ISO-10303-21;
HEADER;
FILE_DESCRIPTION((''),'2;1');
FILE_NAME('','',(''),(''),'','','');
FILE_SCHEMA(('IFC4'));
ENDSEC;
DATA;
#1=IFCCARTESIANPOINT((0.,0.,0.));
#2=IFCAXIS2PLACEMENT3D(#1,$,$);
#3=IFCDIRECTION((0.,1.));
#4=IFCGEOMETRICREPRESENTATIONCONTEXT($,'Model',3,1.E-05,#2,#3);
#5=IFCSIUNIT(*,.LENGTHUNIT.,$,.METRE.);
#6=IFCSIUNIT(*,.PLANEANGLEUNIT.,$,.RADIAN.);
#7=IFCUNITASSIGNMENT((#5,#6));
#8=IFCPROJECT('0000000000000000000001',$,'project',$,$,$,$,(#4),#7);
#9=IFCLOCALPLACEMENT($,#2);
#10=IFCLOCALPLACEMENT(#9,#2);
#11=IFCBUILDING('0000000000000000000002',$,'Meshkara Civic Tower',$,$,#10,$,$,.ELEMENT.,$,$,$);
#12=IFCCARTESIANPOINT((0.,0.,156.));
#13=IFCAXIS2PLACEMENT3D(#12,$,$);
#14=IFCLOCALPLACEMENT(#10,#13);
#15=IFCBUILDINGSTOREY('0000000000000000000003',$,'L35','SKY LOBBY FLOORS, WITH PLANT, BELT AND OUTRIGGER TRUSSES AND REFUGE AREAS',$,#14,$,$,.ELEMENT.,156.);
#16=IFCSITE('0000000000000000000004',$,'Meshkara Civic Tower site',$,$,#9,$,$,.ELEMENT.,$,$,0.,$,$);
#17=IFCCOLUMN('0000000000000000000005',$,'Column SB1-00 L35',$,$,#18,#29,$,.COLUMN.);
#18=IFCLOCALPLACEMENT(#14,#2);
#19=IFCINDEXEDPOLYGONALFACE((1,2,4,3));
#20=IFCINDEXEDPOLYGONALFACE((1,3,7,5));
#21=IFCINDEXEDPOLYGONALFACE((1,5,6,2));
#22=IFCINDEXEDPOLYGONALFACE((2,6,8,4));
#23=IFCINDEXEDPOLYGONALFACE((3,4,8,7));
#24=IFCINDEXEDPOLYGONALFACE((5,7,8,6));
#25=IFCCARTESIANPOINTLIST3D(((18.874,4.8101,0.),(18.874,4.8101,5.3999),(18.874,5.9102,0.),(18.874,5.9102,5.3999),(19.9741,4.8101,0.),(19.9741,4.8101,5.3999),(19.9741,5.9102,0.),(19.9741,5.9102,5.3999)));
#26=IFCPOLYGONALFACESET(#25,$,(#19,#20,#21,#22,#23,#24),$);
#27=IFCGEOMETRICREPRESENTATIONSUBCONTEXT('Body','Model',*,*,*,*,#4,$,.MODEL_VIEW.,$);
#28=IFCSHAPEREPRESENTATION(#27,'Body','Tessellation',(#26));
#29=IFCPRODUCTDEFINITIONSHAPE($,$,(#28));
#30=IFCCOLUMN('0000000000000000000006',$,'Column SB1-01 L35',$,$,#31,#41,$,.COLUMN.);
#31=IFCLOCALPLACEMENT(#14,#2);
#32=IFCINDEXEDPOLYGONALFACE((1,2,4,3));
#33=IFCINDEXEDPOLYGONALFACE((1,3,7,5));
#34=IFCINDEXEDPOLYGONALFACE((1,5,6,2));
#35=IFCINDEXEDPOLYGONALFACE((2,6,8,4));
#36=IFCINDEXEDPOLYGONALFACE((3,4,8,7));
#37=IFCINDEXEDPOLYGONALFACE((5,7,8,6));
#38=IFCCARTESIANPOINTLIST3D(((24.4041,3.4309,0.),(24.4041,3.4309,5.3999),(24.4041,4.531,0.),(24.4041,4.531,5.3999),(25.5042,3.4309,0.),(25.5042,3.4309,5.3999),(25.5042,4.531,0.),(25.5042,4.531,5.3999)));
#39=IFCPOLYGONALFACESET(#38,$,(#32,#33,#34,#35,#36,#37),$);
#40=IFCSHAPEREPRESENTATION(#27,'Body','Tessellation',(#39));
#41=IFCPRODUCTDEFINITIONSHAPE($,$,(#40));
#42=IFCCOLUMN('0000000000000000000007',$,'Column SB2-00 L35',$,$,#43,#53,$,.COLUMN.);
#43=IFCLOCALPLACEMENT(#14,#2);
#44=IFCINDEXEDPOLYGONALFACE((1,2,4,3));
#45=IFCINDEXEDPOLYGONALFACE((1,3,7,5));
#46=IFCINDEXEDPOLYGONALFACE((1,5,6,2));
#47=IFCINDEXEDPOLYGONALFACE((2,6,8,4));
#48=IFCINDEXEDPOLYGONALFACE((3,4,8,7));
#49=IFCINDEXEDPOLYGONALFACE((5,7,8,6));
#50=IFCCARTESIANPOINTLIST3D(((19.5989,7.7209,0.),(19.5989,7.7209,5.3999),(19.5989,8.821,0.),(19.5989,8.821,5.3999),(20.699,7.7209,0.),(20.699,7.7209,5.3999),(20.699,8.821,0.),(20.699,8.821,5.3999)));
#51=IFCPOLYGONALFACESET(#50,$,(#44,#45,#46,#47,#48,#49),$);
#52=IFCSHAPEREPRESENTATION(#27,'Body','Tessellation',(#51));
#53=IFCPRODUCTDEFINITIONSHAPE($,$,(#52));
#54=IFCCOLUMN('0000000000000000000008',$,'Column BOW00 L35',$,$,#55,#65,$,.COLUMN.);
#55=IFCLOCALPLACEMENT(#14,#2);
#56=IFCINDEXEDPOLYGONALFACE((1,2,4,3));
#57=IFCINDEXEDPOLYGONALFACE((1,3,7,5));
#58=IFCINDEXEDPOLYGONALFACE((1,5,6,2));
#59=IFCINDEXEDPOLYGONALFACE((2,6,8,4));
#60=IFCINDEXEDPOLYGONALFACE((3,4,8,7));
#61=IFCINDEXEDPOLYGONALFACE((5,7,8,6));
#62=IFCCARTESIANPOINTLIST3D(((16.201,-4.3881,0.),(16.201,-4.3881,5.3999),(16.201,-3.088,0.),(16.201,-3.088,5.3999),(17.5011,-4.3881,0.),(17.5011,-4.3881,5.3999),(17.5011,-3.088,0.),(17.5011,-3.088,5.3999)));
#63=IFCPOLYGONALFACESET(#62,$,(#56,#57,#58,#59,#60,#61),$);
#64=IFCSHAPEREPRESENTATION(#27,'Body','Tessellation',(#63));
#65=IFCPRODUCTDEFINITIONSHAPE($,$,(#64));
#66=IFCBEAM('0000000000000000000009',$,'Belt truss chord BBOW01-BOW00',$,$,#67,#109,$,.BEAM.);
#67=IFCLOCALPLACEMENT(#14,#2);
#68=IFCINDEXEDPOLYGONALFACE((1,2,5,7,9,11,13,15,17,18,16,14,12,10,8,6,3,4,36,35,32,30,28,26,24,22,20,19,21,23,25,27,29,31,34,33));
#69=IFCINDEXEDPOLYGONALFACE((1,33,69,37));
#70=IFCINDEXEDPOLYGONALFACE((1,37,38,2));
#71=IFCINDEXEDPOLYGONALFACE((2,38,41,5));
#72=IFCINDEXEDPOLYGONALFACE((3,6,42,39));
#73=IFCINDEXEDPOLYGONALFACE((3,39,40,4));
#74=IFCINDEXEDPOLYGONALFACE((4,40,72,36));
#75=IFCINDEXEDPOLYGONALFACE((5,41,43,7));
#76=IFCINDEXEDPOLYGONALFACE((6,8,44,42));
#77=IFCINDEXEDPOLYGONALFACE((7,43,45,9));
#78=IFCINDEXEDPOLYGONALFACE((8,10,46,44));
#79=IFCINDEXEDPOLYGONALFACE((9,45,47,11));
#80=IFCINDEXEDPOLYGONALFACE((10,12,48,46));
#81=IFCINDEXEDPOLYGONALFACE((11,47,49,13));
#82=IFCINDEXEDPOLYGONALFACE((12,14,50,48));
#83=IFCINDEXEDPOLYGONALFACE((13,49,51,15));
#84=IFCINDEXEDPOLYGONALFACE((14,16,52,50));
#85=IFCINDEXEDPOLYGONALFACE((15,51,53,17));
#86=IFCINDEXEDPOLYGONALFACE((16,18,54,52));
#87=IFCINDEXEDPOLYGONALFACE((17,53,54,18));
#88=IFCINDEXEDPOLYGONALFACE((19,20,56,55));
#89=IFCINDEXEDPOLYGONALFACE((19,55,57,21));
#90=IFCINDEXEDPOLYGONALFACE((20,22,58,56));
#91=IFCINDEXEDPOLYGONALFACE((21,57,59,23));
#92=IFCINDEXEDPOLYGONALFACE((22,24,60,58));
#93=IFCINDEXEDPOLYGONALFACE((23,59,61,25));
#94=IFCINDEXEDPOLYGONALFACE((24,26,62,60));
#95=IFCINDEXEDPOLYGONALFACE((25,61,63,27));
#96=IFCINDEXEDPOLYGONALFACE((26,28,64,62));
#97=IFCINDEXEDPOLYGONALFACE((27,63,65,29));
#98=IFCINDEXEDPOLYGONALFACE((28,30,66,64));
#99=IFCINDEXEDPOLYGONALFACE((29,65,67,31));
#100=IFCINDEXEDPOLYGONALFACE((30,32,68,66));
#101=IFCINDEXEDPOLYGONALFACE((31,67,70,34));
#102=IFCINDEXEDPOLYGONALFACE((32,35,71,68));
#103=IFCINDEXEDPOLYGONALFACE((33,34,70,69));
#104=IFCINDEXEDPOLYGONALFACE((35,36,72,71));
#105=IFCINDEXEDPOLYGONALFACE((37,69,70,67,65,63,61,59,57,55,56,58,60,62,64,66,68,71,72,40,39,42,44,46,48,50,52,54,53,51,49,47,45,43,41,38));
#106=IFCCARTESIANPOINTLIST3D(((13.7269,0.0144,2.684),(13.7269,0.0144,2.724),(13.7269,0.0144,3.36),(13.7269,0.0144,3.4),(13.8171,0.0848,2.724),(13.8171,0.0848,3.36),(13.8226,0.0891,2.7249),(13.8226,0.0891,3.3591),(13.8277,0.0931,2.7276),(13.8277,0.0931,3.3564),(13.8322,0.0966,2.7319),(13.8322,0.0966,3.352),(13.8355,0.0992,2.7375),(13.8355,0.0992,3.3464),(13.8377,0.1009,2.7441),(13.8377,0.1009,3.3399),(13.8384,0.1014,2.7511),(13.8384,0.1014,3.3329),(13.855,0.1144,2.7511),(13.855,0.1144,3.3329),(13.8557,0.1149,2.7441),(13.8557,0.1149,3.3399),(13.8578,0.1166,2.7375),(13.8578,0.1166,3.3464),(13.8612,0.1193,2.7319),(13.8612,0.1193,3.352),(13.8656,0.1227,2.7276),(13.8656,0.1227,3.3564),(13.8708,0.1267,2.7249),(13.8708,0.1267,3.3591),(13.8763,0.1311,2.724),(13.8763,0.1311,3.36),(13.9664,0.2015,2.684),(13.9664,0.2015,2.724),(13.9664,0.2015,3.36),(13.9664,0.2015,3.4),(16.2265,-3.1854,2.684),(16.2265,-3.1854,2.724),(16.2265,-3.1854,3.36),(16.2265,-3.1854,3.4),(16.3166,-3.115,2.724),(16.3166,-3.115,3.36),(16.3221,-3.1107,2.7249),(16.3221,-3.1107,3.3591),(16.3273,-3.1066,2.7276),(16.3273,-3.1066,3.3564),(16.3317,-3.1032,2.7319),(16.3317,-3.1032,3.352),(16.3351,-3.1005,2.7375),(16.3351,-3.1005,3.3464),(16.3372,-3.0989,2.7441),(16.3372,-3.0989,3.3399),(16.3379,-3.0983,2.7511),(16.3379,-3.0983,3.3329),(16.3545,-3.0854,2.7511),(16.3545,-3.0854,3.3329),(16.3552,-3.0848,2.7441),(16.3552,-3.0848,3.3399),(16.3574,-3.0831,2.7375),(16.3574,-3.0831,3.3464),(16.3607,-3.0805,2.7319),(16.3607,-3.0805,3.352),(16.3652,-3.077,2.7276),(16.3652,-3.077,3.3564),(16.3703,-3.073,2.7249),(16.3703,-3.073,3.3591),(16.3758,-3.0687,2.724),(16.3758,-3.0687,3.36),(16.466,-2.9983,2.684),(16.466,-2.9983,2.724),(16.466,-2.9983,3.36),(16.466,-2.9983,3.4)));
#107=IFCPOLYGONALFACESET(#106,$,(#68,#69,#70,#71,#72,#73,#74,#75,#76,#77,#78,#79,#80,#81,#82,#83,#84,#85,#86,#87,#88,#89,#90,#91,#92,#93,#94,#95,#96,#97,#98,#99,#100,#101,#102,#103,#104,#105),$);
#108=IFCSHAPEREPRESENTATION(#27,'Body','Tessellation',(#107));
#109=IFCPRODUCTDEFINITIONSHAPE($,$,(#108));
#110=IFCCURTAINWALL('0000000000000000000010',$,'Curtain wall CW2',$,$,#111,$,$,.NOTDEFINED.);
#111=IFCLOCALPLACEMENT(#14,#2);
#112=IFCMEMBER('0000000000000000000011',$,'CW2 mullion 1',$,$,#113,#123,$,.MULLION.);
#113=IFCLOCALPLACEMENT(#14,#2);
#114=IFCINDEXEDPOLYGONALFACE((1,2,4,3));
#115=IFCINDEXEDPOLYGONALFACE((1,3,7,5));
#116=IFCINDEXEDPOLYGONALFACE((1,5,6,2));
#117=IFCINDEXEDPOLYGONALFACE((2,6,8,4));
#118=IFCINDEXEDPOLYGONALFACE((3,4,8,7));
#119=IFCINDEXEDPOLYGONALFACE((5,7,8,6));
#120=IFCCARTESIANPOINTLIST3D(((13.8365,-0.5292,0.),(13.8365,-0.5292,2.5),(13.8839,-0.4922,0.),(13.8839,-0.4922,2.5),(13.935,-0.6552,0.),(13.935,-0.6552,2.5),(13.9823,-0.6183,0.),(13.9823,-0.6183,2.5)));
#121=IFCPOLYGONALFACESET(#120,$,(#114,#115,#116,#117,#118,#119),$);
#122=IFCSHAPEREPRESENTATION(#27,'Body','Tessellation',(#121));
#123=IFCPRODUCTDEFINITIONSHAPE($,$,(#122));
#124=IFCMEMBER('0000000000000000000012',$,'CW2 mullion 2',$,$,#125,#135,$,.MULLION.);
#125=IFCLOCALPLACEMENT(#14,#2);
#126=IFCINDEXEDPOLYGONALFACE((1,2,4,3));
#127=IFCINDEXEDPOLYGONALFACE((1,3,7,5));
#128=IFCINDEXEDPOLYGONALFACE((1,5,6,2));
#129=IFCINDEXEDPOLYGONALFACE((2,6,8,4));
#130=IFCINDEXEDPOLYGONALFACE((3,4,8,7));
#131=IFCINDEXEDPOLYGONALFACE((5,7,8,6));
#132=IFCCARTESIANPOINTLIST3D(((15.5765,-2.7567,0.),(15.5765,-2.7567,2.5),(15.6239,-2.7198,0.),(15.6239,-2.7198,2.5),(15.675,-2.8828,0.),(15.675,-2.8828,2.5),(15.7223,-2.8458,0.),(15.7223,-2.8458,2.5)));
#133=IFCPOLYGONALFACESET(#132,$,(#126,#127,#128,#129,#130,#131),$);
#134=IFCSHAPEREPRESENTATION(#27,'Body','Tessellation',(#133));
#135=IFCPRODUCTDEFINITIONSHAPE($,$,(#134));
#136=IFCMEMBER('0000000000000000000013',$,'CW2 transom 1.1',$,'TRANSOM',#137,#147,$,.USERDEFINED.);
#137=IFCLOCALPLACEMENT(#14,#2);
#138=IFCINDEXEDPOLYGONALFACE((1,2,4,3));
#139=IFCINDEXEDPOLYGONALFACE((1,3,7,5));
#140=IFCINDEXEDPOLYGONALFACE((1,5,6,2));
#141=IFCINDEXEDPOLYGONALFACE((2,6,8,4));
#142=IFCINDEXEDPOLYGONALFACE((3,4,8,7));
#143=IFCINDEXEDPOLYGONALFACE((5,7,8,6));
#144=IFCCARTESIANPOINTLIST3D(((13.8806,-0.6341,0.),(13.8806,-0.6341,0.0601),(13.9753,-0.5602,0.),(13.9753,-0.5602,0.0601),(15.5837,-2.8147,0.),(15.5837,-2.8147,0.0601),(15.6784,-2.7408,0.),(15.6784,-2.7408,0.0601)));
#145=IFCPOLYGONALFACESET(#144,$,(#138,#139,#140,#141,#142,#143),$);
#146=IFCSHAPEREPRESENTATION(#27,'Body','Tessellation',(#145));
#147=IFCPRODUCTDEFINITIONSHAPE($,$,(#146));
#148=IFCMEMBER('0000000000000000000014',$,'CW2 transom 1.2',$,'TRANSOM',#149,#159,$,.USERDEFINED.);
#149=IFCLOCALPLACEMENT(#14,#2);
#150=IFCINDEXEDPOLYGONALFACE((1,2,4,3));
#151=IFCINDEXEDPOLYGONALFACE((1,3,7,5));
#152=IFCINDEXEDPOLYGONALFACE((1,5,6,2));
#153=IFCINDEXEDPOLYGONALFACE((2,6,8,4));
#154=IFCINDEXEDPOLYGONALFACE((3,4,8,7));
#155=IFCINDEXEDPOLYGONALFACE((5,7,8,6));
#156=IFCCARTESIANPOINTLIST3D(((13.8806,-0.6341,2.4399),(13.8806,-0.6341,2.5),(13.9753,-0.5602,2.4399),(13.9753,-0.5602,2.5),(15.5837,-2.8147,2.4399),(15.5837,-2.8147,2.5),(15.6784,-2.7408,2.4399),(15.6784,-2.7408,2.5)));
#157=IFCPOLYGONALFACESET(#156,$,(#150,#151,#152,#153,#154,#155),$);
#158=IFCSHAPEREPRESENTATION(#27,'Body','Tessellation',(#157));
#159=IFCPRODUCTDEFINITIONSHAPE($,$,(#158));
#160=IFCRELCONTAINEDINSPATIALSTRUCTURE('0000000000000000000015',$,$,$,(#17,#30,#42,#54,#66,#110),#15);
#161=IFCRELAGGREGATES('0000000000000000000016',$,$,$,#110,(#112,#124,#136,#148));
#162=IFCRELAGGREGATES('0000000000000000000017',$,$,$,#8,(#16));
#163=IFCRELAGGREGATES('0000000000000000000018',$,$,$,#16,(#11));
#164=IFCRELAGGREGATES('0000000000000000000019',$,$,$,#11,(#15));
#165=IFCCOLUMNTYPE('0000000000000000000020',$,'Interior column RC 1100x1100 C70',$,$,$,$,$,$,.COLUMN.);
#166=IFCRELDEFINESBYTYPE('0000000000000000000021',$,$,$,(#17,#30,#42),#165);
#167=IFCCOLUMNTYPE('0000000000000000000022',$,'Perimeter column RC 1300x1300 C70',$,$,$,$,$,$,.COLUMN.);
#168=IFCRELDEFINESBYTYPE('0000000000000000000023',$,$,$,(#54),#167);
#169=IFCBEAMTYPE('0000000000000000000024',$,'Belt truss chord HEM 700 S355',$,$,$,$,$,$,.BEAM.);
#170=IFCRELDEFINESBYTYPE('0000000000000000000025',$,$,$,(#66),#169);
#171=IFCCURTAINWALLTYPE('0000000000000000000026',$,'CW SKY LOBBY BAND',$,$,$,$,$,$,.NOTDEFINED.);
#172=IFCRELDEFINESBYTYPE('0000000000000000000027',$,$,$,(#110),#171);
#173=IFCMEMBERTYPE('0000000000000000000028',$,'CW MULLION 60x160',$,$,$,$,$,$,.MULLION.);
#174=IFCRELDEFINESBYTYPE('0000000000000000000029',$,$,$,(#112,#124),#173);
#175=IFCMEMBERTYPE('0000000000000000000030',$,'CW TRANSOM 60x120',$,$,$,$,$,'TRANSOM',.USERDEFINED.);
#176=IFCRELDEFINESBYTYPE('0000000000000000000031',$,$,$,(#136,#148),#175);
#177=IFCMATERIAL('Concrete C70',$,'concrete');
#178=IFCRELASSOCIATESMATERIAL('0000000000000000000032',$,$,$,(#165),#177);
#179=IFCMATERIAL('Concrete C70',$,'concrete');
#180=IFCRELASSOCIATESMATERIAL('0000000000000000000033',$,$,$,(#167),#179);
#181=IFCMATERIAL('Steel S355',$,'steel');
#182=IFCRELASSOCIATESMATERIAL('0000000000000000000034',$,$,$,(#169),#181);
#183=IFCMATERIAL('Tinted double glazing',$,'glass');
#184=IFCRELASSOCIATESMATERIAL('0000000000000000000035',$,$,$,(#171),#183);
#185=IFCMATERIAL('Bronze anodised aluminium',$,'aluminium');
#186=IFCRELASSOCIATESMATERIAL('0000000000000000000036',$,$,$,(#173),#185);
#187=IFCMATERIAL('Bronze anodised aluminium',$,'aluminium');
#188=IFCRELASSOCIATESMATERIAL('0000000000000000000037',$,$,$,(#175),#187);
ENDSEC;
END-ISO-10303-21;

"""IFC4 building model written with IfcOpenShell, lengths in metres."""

from ifc_helpers import new_model, si_unit, direction, frame, origin, origin_2d, place, context, subcontext, project, spatial, rectangle, i_section, extrude, material, material_profile, profile_set, type_object, element, aggregate, save


model = new_model("IFC4")

# Units and contexts
model_context = context("Model", 3, precision=1e-05, world=origin(), true_north=direction((0.0, 1.0)))
body_context = subcontext(model_context, "Body", "Model", "MODEL_VIEW")
ifc_project = project(units=[si_unit("LENGTHUNIT", "METRE"), si_unit("PLANEANGLEUNIT", "RADIAN")], contexts=[model_context])

# Site, building, storey
site_placement = place(None, origin())
site = spatial("IfcSite", under=ifc_project, at=site_placement, Name="Meshkara Civic Tower site", CompositionType="ELEMENT", RefElevation=0.0)
building_placement = place(site_placement, origin())
building = spatial("IfcBuilding", under=site, at=building_placement, Name="Meshkara Civic Tower", CompositionType="ELEMENT")
storey_placement = place(building_placement, frame((0.0, 0.0, 156.0)))
storey = spatial("IfcBuildingStorey", under=building, at=storey_placement, Name="L35", Description="SKY LOBBY FLOORS, WITH PLANT, BELT AND OUTRIGGER TRUSSES AND REFUGE AREAS", CompositionType="ELEMENT", Elevation=156.0)

# Columns
ifc_material_1 = material(Name="Concrete C70", Category="concrete")
ifc_material_profile_1 = material_profile(ifc_material_1, rectangle(XDim=1.1001, YDim=1.1001, at=origin_2d()))
ifc_profile_set_1 = profile_set([ifc_material_profile_1], Name="Concrete C70")
column_type_1 = type_object("IfcColumnType", Name="Interior column RC 1100x1100 C70", PredefinedType="COLUMN", material=ifc_profile_set_1)
for number, where, z_axis, x_axis, name in (
    (1, (19.4241, 5.3601, 0.0), (0.0, 0.0, 1.0), (1.0, 0.0, 0.0), "Column SB1-00 L35"),
    (2, (24.9541, 3.981, 0.0), (0.0, 0.0, 1.0), (1.0, 0.0, 0.0), "Column SB1-01 L35"),
    (3, (20.1489, 8.271, 0.0), (0.0, 0.0, 1.0), (1.0, 0.0, 0.0), "Column SB2-00 L35"),
):
    element("IfcColumn", number, at=place(storey_placement, frame(where, z_axis=z_axis, x_axis=x_axis)), inside=storey, type_object=column_type_1, Name=name, PredefinedType="COLUMN", context=body_context, shape_type="SweptSolid", body=[
        extrude(rectangle(XDim=1.1001, YDim=1.1001, at=origin_2d()), origin(), (0.0, 0.0, 1.0), 5.3999),
    ])
ifc_material_2 = material(Name="Concrete C70", Category="concrete")
ifc_material_profile_2 = material_profile(ifc_material_2, rectangle(XDim=1.3, YDim=1.3, at=origin_2d()))
ifc_profile_set_2 = profile_set([ifc_material_profile_2], Name="Concrete C70")
column_type_2 = type_object("IfcColumnType", Name="Perimeter column RC 1300x1300 C70", PredefinedType="COLUMN", material=ifc_profile_set_2)
column_placement = place(storey_placement, frame((16.8511, -3.738, 0.0), z_axis=(0.0, 0.0, 1.0), x_axis=(1.0, 0.0, 0.0)))
element("IfcColumn", 4, at=column_placement, inside=storey, type_object=column_type_2, Name="Column BOW00 L35", PredefinedType="COLUMN", context=body_context, shape_type="SweptSolid", body=[
    extrude(rectangle(XDim=1.3, YDim=1.3, at=origin_2d()), origin(), (0.0, 0.0, 1.0), 5.3999),
])

# Beam
ifc_material_3 = material(Name="Steel S355", Category="steel")
ifc_material_profile_3 = material_profile(ifc_material_3, i_section(OverallWidth=0.304, OverallDepth=0.7161, WebThickness=0.021, FlangeThickness=0.04, FilletRadius=0.0271, at=origin_2d()))
ifc_profile_set_3 = profile_set([ifc_material_profile_3], Name="Steel S355")
beam_type_1 = type_object("IfcBeamType", Name="Belt truss chord HEM 700 S355", PredefinedType="BEAM", material=ifc_profile_set_3)
beam_placement = place(storey_placement, frame((13.8467, 0.1079, 3.042), z_axis=(0.615604, -0.788055, 0.0), x_axis=(0.788055, 0.615604, 0.0)))
element("IfcBeam", 5, at=beam_placement, inside=storey, type_object=beam_type_1, Name="Belt truss chord BBOW01-BOW00", PredefinedType="BEAM", context=body_context, shape_type="SweptSolid", body=[
    extrude(i_section(OverallWidth=0.304, OverallDepth=0.7161, WebThickness=0.021, FlangeThickness=0.04, FilletRadius=0.0271, at=origin_2d()), origin(), (0.0, 0.0, 1.0), 4.0603),
])

# Curtain wall, members
ifc_material_4 = material(Name="Tinted double glazing", Category="glass")
curtain_wall_type = type_object("IfcCurtainWallType", Name="CW SKY LOBBY BAND", PredefinedType="NOTDEFINED", material=ifc_material_4)
curtain_wall_placement = place(storey_placement, origin())
curtain_wall = element("IfcCurtainWall", 6, at=curtain_wall_placement, inside=storey, type_object=curtain_wall_type, Name="Curtain wall CW2", PredefinedType="NOTDEFINED")
ifc_material_5 = material(Name="Bronze anodised aluminium", Category="aluminium")
ifc_material_profile_4 = material_profile(ifc_material_5, rectangle(XDim=0.0601, YDim=0.1599, at=origin_2d()))
ifc_profile_set_4 = profile_set([ifc_material_profile_4], Name="Bronze anodised aluminium")
member_type_1 = type_object("IfcMemberType", Name="CW MULLION 60x160", PredefinedType="MULLION", material=ifc_profile_set_4)
member_1_placement = place(storey_placement, frame((13.9094, -0.5737, 0.0), z_axis=(0.0, 0.0, 1.0), x_axis=(0.788082, 0.61557, 0.0)))
member_1 = element("IfcMember", 7, at=member_1_placement, type_object=member_type_1, Name="CW2 mullion 1", PredefinedType="MULLION", context=body_context, shape_type="SweptSolid", body=[
    extrude(rectangle(XDim=0.0601, YDim=0.1599, at=origin_2d()), origin(), (0.0, 0.0, 1.0), 2.5),
])
member_2_placement = place(storey_placement, frame((15.6494, -2.8013, 0.0), z_axis=(0.0, 0.0, 1.0), x_axis=(0.788082, 0.61557, 0.0)))
member_2 = element("IfcMember", 8, at=member_2_placement, type_object=member_type_1, Name="CW2 mullion 2", PredefinedType="MULLION", context=body_context, shape_type="SweptSolid", body=[
    extrude(rectangle(XDim=0.0601, YDim=0.1599, at=origin_2d()), origin(), (0.0, 0.0, 1.0), 2.5),
])
ifc_material_6 = material(Name="Bronze anodised aluminium", Category="aluminium")
ifc_material_profile_5 = material_profile(ifc_material_6, rectangle(XDim=0.1201, YDim=0.0601, at=origin_2d()))
ifc_profile_set_5 = profile_set([ifc_material_profile_5], Name="Bronze anodised aluminium")
member_type_2 = type_object("IfcMemberType", Name="CW TRANSOM 60x120", ElementType="TRANSOM", PredefinedType="USERDEFINED", material=ifc_profile_set_5)
member_3_placement = place(storey_placement, frame((13.928, -0.5972, 0.03), z_axis=(0.615528, -0.788115, 0.0), x_axis=(0.788115, 0.615528, 0.0)))
member_3 = element("IfcMember", 9, at=member_3_placement, type_object=member_type_2, Name="CW2 transom 1.1", ObjectType="TRANSOM", PredefinedType="USERDEFINED", context=body_context, shape_type="SweptSolid", body=[
    extrude(rectangle(XDim=0.1201, YDim=0.0601, at=origin_2d()), origin(), (0.0, 0.0, 1.0), 2.7668),
])
member_4_placement = place(storey_placement, frame((13.928, -0.5972, 2.47), z_axis=(0.615528, -0.788115, 0.0), x_axis=(0.788115, 0.615528, 0.0)))
member_4 = element("IfcMember", 10, at=member_4_placement, type_object=member_type_2, Name="CW2 transom 1.2", ObjectType="TRANSOM", PredefinedType="USERDEFINED", context=body_context, shape_type="SweptSolid", body=[
    extrude(rectangle(XDim=0.1201, YDim=0.0601, at=origin_2d()), origin(), (0.0, 0.0, 1.0), 2.7668),
])

aggregate(curtain_wall, [member_1, member_2, member_3, member_4])

save(model, "model.ifc")
